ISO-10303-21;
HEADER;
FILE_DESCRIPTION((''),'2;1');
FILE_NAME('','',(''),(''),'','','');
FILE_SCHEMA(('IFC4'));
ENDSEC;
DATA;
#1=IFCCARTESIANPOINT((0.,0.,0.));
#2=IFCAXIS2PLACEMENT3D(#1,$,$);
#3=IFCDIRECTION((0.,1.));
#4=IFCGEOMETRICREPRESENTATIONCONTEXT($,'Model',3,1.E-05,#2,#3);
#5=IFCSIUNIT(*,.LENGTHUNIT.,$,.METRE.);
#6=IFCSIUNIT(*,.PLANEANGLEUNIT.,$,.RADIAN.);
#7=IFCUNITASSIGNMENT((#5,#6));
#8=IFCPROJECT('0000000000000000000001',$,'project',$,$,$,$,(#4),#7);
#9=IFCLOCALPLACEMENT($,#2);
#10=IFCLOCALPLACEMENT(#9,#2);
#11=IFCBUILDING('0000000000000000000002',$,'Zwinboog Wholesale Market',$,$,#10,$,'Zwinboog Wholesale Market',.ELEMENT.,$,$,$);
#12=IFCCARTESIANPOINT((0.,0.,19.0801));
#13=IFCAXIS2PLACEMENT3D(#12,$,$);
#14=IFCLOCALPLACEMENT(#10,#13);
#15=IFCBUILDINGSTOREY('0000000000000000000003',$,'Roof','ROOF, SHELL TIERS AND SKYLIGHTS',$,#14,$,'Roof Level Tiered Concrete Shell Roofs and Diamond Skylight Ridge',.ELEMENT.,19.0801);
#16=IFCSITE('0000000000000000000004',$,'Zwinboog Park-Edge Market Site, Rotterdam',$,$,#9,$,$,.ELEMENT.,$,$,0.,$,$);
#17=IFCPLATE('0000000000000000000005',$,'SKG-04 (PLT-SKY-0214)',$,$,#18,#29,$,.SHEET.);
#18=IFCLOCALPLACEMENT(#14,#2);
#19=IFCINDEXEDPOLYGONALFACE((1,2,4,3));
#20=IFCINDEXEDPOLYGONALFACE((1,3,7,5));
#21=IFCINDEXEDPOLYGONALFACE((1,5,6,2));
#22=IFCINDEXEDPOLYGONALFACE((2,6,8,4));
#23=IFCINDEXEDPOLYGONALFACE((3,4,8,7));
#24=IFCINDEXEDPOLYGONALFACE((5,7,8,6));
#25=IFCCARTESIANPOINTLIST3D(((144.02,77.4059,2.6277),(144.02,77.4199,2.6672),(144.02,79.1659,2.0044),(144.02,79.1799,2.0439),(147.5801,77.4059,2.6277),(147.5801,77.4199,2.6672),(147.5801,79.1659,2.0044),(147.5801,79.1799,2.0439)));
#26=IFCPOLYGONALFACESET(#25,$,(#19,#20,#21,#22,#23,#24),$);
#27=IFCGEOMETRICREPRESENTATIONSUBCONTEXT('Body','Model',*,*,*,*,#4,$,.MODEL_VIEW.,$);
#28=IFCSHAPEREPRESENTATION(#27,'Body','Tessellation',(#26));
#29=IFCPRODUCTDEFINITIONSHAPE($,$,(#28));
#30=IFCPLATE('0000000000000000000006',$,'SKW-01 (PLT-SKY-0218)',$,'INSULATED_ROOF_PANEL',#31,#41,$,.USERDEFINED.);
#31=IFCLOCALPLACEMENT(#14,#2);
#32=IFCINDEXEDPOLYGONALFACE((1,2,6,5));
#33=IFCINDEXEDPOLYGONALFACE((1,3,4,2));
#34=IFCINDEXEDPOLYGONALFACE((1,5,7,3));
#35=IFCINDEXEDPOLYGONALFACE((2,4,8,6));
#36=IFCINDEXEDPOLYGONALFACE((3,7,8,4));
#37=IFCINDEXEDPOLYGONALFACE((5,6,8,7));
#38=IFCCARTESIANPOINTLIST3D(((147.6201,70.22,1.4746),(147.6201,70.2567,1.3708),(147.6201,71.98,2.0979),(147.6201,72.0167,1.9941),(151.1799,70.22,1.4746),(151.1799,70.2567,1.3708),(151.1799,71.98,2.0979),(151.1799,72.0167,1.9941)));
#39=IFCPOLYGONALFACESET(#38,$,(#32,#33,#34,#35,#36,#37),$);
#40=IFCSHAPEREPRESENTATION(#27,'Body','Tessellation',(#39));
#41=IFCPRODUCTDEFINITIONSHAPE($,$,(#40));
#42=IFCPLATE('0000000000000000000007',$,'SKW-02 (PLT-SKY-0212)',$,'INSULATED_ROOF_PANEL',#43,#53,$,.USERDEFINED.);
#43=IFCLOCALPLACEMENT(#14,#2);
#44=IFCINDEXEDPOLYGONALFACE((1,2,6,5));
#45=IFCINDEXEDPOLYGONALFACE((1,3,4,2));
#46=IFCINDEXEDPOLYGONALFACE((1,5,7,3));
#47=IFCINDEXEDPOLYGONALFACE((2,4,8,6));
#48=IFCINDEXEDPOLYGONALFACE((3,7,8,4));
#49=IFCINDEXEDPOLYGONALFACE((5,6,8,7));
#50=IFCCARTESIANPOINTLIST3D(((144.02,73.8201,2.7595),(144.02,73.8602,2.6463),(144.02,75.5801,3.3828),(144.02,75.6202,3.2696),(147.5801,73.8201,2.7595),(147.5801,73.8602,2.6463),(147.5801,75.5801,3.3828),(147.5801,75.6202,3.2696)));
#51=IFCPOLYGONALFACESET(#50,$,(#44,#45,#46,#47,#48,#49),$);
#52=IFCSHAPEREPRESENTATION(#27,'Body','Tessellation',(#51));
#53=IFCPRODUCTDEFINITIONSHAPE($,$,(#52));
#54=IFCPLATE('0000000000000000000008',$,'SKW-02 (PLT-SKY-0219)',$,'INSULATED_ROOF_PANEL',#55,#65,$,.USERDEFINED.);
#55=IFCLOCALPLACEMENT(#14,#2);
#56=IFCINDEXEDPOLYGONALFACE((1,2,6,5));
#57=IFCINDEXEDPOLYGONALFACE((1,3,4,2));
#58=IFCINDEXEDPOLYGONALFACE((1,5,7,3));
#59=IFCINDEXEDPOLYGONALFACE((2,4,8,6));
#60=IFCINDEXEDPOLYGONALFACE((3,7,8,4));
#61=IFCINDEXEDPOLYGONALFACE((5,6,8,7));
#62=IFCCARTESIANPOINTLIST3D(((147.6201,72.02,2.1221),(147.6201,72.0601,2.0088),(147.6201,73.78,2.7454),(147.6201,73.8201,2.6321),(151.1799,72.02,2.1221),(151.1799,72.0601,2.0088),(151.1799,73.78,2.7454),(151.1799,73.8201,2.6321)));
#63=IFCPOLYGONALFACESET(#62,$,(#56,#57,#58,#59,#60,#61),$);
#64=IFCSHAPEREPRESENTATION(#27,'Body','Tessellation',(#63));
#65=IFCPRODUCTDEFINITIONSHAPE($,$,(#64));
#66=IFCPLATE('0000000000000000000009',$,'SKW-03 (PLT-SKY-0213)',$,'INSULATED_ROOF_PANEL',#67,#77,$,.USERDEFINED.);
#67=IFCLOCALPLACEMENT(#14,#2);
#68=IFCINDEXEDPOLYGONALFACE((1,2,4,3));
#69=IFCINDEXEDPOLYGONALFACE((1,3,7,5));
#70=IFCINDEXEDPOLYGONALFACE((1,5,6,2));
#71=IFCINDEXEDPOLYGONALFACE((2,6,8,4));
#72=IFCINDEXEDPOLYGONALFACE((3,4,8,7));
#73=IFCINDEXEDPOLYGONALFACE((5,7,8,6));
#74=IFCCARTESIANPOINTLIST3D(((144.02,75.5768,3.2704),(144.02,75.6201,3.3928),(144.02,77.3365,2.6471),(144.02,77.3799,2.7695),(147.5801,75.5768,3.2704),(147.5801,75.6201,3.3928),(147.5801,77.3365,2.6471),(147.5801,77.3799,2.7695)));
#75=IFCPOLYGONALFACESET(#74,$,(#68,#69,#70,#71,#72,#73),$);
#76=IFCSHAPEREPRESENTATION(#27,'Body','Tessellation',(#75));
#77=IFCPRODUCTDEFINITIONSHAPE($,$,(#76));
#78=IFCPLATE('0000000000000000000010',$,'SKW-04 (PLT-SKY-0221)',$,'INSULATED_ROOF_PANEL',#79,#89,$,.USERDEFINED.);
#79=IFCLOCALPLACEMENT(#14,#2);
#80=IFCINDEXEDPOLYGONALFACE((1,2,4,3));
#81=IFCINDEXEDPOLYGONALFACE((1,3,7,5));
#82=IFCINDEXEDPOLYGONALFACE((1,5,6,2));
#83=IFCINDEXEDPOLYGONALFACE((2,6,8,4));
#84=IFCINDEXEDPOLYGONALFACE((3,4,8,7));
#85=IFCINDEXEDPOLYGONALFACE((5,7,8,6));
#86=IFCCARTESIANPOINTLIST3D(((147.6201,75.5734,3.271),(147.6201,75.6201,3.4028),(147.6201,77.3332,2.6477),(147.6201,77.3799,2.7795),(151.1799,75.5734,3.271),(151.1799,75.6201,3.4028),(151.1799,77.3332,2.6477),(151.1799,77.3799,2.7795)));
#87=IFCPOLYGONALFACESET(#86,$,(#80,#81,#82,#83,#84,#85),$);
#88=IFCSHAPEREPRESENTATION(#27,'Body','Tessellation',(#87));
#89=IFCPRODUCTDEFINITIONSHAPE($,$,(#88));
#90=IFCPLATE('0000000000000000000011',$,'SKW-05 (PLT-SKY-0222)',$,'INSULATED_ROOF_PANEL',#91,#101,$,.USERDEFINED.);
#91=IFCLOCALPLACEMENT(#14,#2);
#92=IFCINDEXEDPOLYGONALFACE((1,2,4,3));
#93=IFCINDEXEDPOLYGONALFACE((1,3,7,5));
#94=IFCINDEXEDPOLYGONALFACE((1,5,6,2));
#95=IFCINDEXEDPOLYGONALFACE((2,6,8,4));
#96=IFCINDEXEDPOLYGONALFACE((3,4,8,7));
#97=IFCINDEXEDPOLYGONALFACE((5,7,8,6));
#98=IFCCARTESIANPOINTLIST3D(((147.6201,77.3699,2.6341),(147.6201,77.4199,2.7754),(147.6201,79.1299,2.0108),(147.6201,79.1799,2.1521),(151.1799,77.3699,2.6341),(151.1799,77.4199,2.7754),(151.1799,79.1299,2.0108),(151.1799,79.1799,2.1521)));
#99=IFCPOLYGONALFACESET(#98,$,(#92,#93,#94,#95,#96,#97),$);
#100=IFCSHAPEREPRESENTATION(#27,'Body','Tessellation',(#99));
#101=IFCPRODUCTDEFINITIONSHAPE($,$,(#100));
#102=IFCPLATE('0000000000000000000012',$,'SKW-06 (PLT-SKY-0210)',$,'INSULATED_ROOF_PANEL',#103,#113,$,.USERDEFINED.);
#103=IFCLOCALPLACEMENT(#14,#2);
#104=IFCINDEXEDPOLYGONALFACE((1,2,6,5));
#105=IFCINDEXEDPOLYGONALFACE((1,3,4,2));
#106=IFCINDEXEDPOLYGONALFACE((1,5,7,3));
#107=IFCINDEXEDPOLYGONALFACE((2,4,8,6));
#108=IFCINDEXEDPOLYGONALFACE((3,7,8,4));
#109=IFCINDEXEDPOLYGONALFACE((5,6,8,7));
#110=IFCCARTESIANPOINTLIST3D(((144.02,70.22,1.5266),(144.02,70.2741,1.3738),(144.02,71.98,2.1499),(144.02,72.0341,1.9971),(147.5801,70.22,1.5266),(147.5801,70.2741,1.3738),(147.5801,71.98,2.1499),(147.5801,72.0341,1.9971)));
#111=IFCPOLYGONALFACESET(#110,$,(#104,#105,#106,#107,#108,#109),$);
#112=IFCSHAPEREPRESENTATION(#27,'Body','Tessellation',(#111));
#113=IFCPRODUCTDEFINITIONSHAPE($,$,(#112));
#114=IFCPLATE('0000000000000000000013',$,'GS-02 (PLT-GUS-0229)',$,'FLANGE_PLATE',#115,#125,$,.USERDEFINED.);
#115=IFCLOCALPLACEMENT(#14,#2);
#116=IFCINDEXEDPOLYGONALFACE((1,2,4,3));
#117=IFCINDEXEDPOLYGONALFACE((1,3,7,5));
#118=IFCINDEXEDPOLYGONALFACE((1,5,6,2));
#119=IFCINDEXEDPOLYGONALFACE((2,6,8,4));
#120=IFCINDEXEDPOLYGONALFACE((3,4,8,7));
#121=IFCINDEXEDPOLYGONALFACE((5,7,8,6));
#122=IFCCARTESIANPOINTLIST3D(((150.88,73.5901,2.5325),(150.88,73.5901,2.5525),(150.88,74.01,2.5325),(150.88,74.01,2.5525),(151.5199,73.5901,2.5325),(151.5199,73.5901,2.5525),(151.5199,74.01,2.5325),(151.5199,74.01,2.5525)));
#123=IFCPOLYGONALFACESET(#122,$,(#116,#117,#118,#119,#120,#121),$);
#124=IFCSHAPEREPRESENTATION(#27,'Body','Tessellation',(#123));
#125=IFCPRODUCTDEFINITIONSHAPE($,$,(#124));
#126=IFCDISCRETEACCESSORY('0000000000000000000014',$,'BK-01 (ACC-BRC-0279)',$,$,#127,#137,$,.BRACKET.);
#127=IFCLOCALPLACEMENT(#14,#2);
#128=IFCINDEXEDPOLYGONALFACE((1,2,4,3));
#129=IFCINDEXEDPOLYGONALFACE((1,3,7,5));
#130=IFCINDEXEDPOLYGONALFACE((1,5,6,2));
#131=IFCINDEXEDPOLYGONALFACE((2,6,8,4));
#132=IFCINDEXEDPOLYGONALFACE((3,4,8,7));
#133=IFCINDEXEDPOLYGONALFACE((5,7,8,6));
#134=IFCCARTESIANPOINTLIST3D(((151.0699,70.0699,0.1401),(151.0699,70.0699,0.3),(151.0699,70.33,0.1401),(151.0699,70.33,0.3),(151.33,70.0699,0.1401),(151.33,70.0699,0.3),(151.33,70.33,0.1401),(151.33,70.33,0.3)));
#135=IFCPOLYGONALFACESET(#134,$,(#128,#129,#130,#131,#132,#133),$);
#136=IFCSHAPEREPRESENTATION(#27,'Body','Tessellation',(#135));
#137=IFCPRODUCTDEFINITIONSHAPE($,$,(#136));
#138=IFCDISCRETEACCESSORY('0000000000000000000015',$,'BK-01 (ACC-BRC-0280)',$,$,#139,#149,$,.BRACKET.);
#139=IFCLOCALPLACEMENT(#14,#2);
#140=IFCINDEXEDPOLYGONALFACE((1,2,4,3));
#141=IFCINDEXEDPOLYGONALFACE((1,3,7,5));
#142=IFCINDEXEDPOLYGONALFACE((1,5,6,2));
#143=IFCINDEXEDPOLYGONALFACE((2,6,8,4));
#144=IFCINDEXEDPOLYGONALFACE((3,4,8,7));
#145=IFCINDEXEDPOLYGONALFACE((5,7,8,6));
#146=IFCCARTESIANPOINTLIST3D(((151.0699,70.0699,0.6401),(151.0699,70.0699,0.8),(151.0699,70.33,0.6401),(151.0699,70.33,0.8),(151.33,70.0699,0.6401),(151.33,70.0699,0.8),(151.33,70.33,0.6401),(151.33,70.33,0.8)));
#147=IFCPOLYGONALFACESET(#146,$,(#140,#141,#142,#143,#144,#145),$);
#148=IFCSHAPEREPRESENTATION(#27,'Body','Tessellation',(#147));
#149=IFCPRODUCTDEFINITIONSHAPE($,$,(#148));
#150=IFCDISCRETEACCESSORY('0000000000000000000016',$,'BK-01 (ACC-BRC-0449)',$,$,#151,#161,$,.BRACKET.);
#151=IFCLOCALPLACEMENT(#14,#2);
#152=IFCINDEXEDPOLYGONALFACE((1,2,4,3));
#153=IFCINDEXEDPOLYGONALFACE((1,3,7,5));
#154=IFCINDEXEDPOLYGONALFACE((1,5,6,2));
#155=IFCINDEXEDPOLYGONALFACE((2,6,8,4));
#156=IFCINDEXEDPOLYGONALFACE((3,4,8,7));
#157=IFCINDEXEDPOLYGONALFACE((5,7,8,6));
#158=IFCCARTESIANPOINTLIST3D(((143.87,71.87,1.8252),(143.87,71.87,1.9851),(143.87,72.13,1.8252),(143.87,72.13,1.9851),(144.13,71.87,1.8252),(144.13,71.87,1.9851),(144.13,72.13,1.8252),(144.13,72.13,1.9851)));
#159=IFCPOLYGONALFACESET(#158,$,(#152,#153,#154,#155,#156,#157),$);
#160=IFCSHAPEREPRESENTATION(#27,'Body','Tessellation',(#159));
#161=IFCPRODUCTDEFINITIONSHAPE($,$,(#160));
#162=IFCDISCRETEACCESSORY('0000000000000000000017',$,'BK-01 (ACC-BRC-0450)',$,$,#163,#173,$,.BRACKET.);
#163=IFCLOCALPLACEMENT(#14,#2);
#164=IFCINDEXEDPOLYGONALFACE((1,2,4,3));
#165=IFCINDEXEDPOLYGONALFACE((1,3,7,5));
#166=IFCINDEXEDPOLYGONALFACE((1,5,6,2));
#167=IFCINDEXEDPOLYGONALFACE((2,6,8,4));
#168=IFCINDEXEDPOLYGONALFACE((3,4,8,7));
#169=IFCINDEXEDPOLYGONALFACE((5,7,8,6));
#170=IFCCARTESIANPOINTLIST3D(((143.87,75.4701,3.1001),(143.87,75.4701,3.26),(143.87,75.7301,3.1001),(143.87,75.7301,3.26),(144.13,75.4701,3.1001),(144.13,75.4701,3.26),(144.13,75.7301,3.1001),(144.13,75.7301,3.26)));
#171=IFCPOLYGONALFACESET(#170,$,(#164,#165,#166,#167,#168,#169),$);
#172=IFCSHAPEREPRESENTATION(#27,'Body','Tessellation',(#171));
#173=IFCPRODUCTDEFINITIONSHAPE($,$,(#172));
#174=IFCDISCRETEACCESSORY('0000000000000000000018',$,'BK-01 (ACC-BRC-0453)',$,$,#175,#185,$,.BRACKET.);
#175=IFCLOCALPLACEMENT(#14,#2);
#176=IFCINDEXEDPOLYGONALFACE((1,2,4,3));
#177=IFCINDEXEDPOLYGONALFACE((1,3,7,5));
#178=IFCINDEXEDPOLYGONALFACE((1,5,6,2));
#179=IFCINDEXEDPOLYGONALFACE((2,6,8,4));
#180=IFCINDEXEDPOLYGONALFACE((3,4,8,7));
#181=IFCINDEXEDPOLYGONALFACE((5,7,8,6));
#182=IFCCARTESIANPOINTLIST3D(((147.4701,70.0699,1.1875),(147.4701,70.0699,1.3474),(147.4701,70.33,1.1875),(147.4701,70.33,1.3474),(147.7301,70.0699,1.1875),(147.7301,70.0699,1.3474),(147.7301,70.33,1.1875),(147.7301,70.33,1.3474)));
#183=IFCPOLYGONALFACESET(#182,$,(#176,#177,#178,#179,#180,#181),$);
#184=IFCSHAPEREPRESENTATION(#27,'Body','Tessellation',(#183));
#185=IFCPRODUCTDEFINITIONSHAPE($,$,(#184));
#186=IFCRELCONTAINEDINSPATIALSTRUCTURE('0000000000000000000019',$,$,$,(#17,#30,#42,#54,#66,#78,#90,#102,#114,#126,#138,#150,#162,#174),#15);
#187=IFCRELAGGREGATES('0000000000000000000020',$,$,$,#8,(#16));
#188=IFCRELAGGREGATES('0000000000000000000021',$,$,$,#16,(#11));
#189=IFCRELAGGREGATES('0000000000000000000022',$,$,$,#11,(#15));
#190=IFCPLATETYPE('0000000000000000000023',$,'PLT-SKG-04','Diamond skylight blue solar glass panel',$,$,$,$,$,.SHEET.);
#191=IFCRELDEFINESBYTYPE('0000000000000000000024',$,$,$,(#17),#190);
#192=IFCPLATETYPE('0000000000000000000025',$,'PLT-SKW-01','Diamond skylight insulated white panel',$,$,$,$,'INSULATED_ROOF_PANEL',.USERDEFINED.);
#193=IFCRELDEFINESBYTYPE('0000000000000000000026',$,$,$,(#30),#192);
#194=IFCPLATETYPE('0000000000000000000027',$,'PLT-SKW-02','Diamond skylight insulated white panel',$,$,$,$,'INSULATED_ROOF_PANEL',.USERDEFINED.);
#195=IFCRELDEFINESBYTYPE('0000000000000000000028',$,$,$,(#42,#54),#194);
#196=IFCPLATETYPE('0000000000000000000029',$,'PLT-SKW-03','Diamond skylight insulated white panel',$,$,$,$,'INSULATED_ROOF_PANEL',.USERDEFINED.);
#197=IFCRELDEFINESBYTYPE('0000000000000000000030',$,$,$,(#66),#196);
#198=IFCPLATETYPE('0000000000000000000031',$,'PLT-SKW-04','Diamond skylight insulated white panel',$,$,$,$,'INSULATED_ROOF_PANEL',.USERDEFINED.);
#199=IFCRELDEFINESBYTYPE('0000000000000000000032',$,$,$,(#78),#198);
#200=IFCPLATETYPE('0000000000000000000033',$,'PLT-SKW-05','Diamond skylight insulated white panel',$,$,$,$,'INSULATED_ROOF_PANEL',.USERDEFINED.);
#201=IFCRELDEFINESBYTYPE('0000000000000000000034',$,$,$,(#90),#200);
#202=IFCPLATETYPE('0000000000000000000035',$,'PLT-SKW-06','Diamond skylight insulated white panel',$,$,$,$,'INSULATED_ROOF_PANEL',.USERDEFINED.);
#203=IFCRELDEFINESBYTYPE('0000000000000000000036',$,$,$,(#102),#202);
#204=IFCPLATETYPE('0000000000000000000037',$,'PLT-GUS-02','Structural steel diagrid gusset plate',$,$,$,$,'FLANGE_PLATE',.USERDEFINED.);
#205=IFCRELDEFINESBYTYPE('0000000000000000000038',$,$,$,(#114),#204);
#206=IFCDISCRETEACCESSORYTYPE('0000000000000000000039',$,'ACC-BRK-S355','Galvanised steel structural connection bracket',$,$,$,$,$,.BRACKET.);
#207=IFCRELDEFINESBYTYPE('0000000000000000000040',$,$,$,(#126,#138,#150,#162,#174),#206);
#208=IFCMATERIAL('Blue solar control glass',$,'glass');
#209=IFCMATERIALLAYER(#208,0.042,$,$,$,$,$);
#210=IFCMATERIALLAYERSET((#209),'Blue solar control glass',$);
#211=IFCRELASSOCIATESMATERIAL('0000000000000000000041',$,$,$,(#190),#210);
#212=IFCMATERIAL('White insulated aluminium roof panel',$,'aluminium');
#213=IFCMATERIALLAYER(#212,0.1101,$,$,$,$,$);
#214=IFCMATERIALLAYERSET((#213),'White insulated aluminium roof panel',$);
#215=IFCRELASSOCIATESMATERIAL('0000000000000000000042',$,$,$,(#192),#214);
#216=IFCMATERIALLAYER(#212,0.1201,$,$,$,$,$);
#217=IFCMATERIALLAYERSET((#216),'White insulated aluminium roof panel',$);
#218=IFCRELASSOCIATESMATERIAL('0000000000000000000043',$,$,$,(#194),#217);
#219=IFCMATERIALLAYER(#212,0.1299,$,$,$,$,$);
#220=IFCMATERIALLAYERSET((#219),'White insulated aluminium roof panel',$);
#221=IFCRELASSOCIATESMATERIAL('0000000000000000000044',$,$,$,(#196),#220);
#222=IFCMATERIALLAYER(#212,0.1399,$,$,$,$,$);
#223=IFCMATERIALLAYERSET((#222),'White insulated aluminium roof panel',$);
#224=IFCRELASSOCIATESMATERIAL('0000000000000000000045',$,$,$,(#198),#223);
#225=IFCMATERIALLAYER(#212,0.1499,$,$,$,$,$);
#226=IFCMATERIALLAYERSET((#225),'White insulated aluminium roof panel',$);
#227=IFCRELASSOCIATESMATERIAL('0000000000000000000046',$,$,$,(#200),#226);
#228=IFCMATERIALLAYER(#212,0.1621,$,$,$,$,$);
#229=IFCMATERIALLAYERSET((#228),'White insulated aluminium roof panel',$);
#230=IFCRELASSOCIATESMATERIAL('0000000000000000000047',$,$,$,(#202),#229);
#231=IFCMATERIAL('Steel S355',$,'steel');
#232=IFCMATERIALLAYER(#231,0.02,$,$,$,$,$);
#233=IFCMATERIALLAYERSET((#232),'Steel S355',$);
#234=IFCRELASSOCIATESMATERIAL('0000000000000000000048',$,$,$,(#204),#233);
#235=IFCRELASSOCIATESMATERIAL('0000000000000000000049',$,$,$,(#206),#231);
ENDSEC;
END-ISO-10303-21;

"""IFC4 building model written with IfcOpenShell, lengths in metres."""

from ifc_helpers import new_model, si_unit, direction, frame, origin, origin_2d, place, context, subcontext, project, spatial, polyline, rectangle, outline, extrude, material, layer, layer_set, type_object, element, save


model = new_model("IFC4")

# Units and contexts
model_context = context("Model", 3, precision=1e-05, world=origin(), true_north=direction((0.0, 1.0)))
body_context = subcontext(model_context, "Body", "Model", "MODEL_VIEW")
ifc_project = project(units=[si_unit("LENGTHUNIT", "METRE"), si_unit("PLANEANGLEUNIT", "RADIAN")], contexts=[model_context])

# Site, building, storey
site_placement = place(None, origin())
site = spatial("IfcSite", under=ifc_project, at=site_placement, Name="Zwinboog Park-Edge Market Site, Rotterdam", CompositionType="ELEMENT", RefElevation=0.0)
building_placement = place(site_placement, origin())
building = spatial("IfcBuilding", under=site, at=building_placement, Name="Zwinboog Wholesale Market", LongName="Zwinboog Wholesale Market", CompositionType="ELEMENT")
storey_placement = place(building_placement, frame((0.0, 0.0, 19.0801)))
storey = spatial("IfcBuildingStorey", under=building, at=storey_placement, Name="Roof", Description="ROOF, SHELL TIERS AND SKYLIGHTS", LongName="Roof Level Tiered Concrete Shell Roofs and Diamond Skylight Ridge", CompositionType="ELEMENT", Elevation=19.0801)

# Shared definitions
ifc_material_1 = material(Name="Steel S355", Category="steel")

# Plates
ifc_material_2 = material(Name="Blue solar control glass", Category="glass")
ifc_layer_1 = layer(ifc_material_2, 0.042)
ifc_layer_set_1 = layer_set([ifc_layer_1], Name="Blue solar control glass")
plate_type_1 = type_object("IfcPlateType", Name="PLT-SKG-04", Description="Diamond skylight blue solar glass panel", PredefinedType="SHEET", material=ifc_layer_set_1)
plate_1_placement = place(storey_placement, frame((144.02, 77.4199, 2.6672), z_axis=(0.0, 0.333825, 0.942635), x_axis=(1.0, 0.0, 0.0)))
element("IfcPlate", 1, at=plate_1_placement, inside=storey, type_object=plate_type_1, Name="SKG-04 (PLT-SKY-0214)", PredefinedType="SHEET", context=body_context, shape_type="SweptSolid", body=[
    extrude(outline(polyline([(0.0, 0.0), (3.5601, 0.0), (3.5601, 1.8671), (0.0, 1.8671), (0.0, 0.0)])), origin(), (0.0, 0.0, -1.0), 0.042),
])
ifc_material_3 = material(Name="White insulated aluminium roof panel", Category="aluminium")
ifc_layer_2 = layer(ifc_material_3, 0.1101)
ifc_layer_set_2 = layer_set([ifc_layer_2], Name="White insulated aluminium roof panel")
plate_type_2 = type_object("IfcPlateType", Name="PLT-SKW-01", Description="Diamond skylight insulated white panel", ElementType="INSULATED_ROOF_PANEL", PredefinedType="USERDEFINED", material=ifc_layer_set_2)
plate_2_placement = place(storey_placement, frame((147.6201, 70.22, 1.4746), z_axis=(0.0, -0.333825, 0.942635), x_axis=(1.0, 0.0, 0.0)))
element("IfcPlate", 2, at=plate_2_placement, inside=storey, type_object=plate_type_2, Name="SKW-01 (PLT-SKY-0218)", ObjectType="INSULATED_ROOF_PANEL", PredefinedType="USERDEFINED", context=body_context, shape_type="SweptSolid", body=[
    extrude(outline(polyline([(0.0, 0.0), (3.5598, 0.0), (3.5598, 1.8671), (0.0, 1.8671), (0.0, 0.0)])), origin(), (0.0, 0.0, -1.0), 0.1101),
])
ifc_layer_3 = layer(ifc_material_3, 0.1201)
ifc_layer_set_3 = layer_set([ifc_layer_3], Name="White insulated aluminium roof panel")
plate_type_3 = type_object("IfcPlateType", Name="PLT-SKW-02", Description="Diamond skylight insulated white panel", ElementType="INSULATED_ROOF_PANEL", PredefinedType="USERDEFINED", material=ifc_layer_set_3)
plate_3_placement = place(storey_placement, frame((144.02, 73.8201, 2.7595), z_axis=(0.0, -0.333825, 0.942635), x_axis=(1.0, 0.0, 0.0)))
element("IfcPlate", 3, at=plate_3_placement, inside=storey, type_object=plate_type_3, Name="SKW-02 (PLT-SKY-0212)", ObjectType="INSULATED_ROOF_PANEL", PredefinedType="USERDEFINED", context=body_context, shape_type="SweptSolid", body=[
    extrude(outline(polyline([(0.0, 0.0), (3.5601, 0.0), (3.5601, 1.8671), (0.0, 1.8671), (0.0, 0.0)])), origin(), (0.0, 0.0, -1.0), 0.1201),
])
plate_4_placement = place(storey_placement, frame((147.6201, 72.02, 2.1221), z_axis=(0.0, -0.333825, 0.942635), x_axis=(1.0, 0.0, 0.0)))
element("IfcPlate", 4, at=plate_4_placement, inside=storey, type_object=plate_type_3, Name="SKW-02 (PLT-SKY-0219)", ObjectType="INSULATED_ROOF_PANEL", PredefinedType="USERDEFINED", context=body_context, shape_type="SweptSolid", body=[
    extrude(outline(polyline([(0.0, 0.0), (3.5598, 0.0), (3.5598, 1.8671), (0.0, 1.8671), (0.0, 0.0)])), origin(), (0.0, 0.0, -1.0), 0.1201),
])
ifc_layer_4 = layer(ifc_material_3, 0.1299)
ifc_layer_set_4 = layer_set([ifc_layer_4], Name="White insulated aluminium roof panel")
plate_type_4 = type_object("IfcPlateType", Name="PLT-SKW-03", Description="Diamond skylight insulated white panel", ElementType="INSULATED_ROOF_PANEL", PredefinedType="USERDEFINED", material=ifc_layer_set_4)
plate_5_placement = place(storey_placement, frame((144.02, 75.6201, 3.3928), z_axis=(0.0, 0.333867, 0.94262), x_axis=(1.0, 0.0, 0.0)))
element("IfcPlate", 5, at=plate_5_placement, inside=storey, type_object=plate_type_4, Name="SKW-03 (PLT-SKY-0213)", ObjectType="INSULATED_ROOF_PANEL", PredefinedType="USERDEFINED", context=body_context, shape_type="SweptSolid", body=[
    extrude(outline(polyline([(0.0, 0.0), (3.5601, 0.0), (3.5601, 1.8669), (0.0, 1.8669), (0.0, 0.0)])), origin(), (0.0, 0.0, -1.0), 0.1299),
])
ifc_layer_5 = layer(ifc_material_3, 0.1399)
ifc_layer_set_5 = layer_set([ifc_layer_5], Name="White insulated aluminium roof panel")
plate_type_5 = type_object("IfcPlateType", Name="PLT-SKW-04", Description="Diamond skylight insulated white panel", ElementType="INSULATED_ROOF_PANEL", PredefinedType="USERDEFINED", material=ifc_layer_set_5)
plate_6_placement = place(storey_placement, frame((147.6201, 75.6201, 3.4028), z_axis=(0.0, 0.333867, 0.94262), x_axis=(1.0, 0.0, 0.0)))
element("IfcPlate", 6, at=plate_6_placement, inside=storey, type_object=plate_type_5, Name="SKW-04 (PLT-SKY-0221)", ObjectType="INSULATED_ROOF_PANEL", PredefinedType="USERDEFINED", context=body_context, shape_type="SweptSolid", body=[
    extrude(outline(polyline([(0.0, 0.0), (3.5598, 0.0), (3.5598, 1.8669), (0.0, 1.8669), (0.0, 0.0)])), origin(), (0.0, 0.0, -1.0), 0.1399),
])
ifc_layer_6 = layer(ifc_material_3, 0.1499)
ifc_layer_set_6 = layer_set([ifc_layer_6], Name="White insulated aluminium roof panel")
plate_type_6 = type_object("IfcPlateType", Name="PLT-SKW-05", Description="Diamond skylight insulated white panel", ElementType="INSULATED_ROOF_PANEL", PredefinedType="USERDEFINED", material=ifc_layer_set_6)
plate_7_placement = place(storey_placement, frame((147.6201, 77.4199, 2.7754), z_axis=(0.0, 0.333825, 0.942635), x_axis=(1.0, 0.0, 0.0)))
element("IfcPlate", 7, at=plate_7_placement, inside=storey, type_object=plate_type_6, Name="SKW-05 (PLT-SKY-0222)", ObjectType="INSULATED_ROOF_PANEL", PredefinedType="USERDEFINED", context=body_context, shape_type="SweptSolid", body=[
    extrude(outline(polyline([(0.0, 0.0), (3.5598, 0.0), (3.5598, 1.8671), (0.0, 1.8671), (0.0, 0.0)])), origin(), (0.0, 0.0, -1.0), 0.1499),
])
ifc_layer_7 = layer(ifc_material_3, 0.1621)
ifc_layer_set_7 = layer_set([ifc_layer_7], Name="White insulated aluminium roof panel")
plate_type_7 = type_object("IfcPlateType", Name="PLT-SKW-06", Description="Diamond skylight insulated white panel", ElementType="INSULATED_ROOF_PANEL", PredefinedType="USERDEFINED", material=ifc_layer_set_7)
plate_8_placement = place(storey_placement, frame((144.02, 70.22, 1.5266), z_axis=(0.0, -0.333825, 0.942635), x_axis=(1.0, 0.0, 0.0)))
element("IfcPlate", 8, at=plate_8_placement, inside=storey, type_object=plate_type_7, Name="SKW-06 (PLT-SKY-0210)", ObjectType="INSULATED_ROOF_PANEL", PredefinedType="USERDEFINED", context=body_context, shape_type="SweptSolid", body=[
    extrude(outline(polyline([(0.0, 0.0), (3.5601, 0.0), (3.5601, 1.8671), (0.0, 1.8671), (0.0, 0.0)])), origin(), (0.0, 0.0, -1.0), 0.1621),
])
ifc_layer_8 = layer(ifc_material_1, 0.02)
ifc_layer_set_8 = layer_set([ifc_layer_8], Name="Steel S355")
plate_type_8 = type_object("IfcPlateType", Name="PLT-GUS-02", Description="Structural steel diagrid gusset plate", ElementType="FLANGE_PLATE", PredefinedType="USERDEFINED", material=ifc_layer_set_8)
plate_9_placement = place(storey_placement, frame((151.2, 73.8, 2.5325), z_axis=(0.0, 0.0, 1.0), x_axis=(1.0, 0.0, 0.0)))
element("IfcPlate", 9, at=plate_9_placement, inside=storey, type_object=plate_type_8, Name="GS-02 (PLT-GUS-0229)", ObjectType="FLANGE_PLATE", PredefinedType="USERDEFINED", context=body_context, shape_type="SweptSolid", body=[
    extrude(rectangle(XDim=0.6399, YDim=0.4199, at=origin_2d()), origin(), (0.0, 0.0, 1.0), 0.02),
])

# Discrete accessories
discrete_accessory_type = type_object("IfcDiscreteAccessoryType", Name="ACC-BRK-S355", Description="Galvanised steel structural connection bracket", PredefinedType="BRACKET", material=ifc_material_1)
for number, where, z_axis, x_axis, name in (
    (10, (151.2, 70.2, 0.1401), (0.0, 0.0, 1.0), (1.0, 0.0, 0.0), "BK-01 (ACC-BRC-0279)"),
    (11, (151.2, 70.2, 0.6401), (0.0, 0.0, 1.0), (1.0, 0.0, 0.0), "BK-01 (ACC-BRC-0280)"),
    (12, (144.0, 72.0, 1.8252), (0.0, 0.0, 1.0), (1.0, 0.0, 0.0), "BK-01 (ACC-BRC-0449)"),
    (13, (144.0, 75.6001, 3.1001), (0.0, 0.0, 1.0), (1.0, 0.0, 0.0), "BK-01 (ACC-BRC-0450)"),
    (14, (147.6001, 70.2, 1.1875), (0.0, 0.0, 1.0), (1.0, 0.0, 0.0), "BK-01 (ACC-BRC-0453)"),
):
    element("IfcDiscreteAccessory", number, at=place(storey_placement, frame(where, z_axis=z_axis, x_axis=x_axis)), inside=storey, type_object=discrete_accessory_type, Name=name, PredefinedType="BRACKET", context=body_context, shape_type="SweptSolid", body=[
        extrude(rectangle(XDim=0.26, YDim=0.26, at=origin_2d()), origin(), (0.0, 0.0, 1.0), 0.1599),
    ])

save(model, "model.ifc")
